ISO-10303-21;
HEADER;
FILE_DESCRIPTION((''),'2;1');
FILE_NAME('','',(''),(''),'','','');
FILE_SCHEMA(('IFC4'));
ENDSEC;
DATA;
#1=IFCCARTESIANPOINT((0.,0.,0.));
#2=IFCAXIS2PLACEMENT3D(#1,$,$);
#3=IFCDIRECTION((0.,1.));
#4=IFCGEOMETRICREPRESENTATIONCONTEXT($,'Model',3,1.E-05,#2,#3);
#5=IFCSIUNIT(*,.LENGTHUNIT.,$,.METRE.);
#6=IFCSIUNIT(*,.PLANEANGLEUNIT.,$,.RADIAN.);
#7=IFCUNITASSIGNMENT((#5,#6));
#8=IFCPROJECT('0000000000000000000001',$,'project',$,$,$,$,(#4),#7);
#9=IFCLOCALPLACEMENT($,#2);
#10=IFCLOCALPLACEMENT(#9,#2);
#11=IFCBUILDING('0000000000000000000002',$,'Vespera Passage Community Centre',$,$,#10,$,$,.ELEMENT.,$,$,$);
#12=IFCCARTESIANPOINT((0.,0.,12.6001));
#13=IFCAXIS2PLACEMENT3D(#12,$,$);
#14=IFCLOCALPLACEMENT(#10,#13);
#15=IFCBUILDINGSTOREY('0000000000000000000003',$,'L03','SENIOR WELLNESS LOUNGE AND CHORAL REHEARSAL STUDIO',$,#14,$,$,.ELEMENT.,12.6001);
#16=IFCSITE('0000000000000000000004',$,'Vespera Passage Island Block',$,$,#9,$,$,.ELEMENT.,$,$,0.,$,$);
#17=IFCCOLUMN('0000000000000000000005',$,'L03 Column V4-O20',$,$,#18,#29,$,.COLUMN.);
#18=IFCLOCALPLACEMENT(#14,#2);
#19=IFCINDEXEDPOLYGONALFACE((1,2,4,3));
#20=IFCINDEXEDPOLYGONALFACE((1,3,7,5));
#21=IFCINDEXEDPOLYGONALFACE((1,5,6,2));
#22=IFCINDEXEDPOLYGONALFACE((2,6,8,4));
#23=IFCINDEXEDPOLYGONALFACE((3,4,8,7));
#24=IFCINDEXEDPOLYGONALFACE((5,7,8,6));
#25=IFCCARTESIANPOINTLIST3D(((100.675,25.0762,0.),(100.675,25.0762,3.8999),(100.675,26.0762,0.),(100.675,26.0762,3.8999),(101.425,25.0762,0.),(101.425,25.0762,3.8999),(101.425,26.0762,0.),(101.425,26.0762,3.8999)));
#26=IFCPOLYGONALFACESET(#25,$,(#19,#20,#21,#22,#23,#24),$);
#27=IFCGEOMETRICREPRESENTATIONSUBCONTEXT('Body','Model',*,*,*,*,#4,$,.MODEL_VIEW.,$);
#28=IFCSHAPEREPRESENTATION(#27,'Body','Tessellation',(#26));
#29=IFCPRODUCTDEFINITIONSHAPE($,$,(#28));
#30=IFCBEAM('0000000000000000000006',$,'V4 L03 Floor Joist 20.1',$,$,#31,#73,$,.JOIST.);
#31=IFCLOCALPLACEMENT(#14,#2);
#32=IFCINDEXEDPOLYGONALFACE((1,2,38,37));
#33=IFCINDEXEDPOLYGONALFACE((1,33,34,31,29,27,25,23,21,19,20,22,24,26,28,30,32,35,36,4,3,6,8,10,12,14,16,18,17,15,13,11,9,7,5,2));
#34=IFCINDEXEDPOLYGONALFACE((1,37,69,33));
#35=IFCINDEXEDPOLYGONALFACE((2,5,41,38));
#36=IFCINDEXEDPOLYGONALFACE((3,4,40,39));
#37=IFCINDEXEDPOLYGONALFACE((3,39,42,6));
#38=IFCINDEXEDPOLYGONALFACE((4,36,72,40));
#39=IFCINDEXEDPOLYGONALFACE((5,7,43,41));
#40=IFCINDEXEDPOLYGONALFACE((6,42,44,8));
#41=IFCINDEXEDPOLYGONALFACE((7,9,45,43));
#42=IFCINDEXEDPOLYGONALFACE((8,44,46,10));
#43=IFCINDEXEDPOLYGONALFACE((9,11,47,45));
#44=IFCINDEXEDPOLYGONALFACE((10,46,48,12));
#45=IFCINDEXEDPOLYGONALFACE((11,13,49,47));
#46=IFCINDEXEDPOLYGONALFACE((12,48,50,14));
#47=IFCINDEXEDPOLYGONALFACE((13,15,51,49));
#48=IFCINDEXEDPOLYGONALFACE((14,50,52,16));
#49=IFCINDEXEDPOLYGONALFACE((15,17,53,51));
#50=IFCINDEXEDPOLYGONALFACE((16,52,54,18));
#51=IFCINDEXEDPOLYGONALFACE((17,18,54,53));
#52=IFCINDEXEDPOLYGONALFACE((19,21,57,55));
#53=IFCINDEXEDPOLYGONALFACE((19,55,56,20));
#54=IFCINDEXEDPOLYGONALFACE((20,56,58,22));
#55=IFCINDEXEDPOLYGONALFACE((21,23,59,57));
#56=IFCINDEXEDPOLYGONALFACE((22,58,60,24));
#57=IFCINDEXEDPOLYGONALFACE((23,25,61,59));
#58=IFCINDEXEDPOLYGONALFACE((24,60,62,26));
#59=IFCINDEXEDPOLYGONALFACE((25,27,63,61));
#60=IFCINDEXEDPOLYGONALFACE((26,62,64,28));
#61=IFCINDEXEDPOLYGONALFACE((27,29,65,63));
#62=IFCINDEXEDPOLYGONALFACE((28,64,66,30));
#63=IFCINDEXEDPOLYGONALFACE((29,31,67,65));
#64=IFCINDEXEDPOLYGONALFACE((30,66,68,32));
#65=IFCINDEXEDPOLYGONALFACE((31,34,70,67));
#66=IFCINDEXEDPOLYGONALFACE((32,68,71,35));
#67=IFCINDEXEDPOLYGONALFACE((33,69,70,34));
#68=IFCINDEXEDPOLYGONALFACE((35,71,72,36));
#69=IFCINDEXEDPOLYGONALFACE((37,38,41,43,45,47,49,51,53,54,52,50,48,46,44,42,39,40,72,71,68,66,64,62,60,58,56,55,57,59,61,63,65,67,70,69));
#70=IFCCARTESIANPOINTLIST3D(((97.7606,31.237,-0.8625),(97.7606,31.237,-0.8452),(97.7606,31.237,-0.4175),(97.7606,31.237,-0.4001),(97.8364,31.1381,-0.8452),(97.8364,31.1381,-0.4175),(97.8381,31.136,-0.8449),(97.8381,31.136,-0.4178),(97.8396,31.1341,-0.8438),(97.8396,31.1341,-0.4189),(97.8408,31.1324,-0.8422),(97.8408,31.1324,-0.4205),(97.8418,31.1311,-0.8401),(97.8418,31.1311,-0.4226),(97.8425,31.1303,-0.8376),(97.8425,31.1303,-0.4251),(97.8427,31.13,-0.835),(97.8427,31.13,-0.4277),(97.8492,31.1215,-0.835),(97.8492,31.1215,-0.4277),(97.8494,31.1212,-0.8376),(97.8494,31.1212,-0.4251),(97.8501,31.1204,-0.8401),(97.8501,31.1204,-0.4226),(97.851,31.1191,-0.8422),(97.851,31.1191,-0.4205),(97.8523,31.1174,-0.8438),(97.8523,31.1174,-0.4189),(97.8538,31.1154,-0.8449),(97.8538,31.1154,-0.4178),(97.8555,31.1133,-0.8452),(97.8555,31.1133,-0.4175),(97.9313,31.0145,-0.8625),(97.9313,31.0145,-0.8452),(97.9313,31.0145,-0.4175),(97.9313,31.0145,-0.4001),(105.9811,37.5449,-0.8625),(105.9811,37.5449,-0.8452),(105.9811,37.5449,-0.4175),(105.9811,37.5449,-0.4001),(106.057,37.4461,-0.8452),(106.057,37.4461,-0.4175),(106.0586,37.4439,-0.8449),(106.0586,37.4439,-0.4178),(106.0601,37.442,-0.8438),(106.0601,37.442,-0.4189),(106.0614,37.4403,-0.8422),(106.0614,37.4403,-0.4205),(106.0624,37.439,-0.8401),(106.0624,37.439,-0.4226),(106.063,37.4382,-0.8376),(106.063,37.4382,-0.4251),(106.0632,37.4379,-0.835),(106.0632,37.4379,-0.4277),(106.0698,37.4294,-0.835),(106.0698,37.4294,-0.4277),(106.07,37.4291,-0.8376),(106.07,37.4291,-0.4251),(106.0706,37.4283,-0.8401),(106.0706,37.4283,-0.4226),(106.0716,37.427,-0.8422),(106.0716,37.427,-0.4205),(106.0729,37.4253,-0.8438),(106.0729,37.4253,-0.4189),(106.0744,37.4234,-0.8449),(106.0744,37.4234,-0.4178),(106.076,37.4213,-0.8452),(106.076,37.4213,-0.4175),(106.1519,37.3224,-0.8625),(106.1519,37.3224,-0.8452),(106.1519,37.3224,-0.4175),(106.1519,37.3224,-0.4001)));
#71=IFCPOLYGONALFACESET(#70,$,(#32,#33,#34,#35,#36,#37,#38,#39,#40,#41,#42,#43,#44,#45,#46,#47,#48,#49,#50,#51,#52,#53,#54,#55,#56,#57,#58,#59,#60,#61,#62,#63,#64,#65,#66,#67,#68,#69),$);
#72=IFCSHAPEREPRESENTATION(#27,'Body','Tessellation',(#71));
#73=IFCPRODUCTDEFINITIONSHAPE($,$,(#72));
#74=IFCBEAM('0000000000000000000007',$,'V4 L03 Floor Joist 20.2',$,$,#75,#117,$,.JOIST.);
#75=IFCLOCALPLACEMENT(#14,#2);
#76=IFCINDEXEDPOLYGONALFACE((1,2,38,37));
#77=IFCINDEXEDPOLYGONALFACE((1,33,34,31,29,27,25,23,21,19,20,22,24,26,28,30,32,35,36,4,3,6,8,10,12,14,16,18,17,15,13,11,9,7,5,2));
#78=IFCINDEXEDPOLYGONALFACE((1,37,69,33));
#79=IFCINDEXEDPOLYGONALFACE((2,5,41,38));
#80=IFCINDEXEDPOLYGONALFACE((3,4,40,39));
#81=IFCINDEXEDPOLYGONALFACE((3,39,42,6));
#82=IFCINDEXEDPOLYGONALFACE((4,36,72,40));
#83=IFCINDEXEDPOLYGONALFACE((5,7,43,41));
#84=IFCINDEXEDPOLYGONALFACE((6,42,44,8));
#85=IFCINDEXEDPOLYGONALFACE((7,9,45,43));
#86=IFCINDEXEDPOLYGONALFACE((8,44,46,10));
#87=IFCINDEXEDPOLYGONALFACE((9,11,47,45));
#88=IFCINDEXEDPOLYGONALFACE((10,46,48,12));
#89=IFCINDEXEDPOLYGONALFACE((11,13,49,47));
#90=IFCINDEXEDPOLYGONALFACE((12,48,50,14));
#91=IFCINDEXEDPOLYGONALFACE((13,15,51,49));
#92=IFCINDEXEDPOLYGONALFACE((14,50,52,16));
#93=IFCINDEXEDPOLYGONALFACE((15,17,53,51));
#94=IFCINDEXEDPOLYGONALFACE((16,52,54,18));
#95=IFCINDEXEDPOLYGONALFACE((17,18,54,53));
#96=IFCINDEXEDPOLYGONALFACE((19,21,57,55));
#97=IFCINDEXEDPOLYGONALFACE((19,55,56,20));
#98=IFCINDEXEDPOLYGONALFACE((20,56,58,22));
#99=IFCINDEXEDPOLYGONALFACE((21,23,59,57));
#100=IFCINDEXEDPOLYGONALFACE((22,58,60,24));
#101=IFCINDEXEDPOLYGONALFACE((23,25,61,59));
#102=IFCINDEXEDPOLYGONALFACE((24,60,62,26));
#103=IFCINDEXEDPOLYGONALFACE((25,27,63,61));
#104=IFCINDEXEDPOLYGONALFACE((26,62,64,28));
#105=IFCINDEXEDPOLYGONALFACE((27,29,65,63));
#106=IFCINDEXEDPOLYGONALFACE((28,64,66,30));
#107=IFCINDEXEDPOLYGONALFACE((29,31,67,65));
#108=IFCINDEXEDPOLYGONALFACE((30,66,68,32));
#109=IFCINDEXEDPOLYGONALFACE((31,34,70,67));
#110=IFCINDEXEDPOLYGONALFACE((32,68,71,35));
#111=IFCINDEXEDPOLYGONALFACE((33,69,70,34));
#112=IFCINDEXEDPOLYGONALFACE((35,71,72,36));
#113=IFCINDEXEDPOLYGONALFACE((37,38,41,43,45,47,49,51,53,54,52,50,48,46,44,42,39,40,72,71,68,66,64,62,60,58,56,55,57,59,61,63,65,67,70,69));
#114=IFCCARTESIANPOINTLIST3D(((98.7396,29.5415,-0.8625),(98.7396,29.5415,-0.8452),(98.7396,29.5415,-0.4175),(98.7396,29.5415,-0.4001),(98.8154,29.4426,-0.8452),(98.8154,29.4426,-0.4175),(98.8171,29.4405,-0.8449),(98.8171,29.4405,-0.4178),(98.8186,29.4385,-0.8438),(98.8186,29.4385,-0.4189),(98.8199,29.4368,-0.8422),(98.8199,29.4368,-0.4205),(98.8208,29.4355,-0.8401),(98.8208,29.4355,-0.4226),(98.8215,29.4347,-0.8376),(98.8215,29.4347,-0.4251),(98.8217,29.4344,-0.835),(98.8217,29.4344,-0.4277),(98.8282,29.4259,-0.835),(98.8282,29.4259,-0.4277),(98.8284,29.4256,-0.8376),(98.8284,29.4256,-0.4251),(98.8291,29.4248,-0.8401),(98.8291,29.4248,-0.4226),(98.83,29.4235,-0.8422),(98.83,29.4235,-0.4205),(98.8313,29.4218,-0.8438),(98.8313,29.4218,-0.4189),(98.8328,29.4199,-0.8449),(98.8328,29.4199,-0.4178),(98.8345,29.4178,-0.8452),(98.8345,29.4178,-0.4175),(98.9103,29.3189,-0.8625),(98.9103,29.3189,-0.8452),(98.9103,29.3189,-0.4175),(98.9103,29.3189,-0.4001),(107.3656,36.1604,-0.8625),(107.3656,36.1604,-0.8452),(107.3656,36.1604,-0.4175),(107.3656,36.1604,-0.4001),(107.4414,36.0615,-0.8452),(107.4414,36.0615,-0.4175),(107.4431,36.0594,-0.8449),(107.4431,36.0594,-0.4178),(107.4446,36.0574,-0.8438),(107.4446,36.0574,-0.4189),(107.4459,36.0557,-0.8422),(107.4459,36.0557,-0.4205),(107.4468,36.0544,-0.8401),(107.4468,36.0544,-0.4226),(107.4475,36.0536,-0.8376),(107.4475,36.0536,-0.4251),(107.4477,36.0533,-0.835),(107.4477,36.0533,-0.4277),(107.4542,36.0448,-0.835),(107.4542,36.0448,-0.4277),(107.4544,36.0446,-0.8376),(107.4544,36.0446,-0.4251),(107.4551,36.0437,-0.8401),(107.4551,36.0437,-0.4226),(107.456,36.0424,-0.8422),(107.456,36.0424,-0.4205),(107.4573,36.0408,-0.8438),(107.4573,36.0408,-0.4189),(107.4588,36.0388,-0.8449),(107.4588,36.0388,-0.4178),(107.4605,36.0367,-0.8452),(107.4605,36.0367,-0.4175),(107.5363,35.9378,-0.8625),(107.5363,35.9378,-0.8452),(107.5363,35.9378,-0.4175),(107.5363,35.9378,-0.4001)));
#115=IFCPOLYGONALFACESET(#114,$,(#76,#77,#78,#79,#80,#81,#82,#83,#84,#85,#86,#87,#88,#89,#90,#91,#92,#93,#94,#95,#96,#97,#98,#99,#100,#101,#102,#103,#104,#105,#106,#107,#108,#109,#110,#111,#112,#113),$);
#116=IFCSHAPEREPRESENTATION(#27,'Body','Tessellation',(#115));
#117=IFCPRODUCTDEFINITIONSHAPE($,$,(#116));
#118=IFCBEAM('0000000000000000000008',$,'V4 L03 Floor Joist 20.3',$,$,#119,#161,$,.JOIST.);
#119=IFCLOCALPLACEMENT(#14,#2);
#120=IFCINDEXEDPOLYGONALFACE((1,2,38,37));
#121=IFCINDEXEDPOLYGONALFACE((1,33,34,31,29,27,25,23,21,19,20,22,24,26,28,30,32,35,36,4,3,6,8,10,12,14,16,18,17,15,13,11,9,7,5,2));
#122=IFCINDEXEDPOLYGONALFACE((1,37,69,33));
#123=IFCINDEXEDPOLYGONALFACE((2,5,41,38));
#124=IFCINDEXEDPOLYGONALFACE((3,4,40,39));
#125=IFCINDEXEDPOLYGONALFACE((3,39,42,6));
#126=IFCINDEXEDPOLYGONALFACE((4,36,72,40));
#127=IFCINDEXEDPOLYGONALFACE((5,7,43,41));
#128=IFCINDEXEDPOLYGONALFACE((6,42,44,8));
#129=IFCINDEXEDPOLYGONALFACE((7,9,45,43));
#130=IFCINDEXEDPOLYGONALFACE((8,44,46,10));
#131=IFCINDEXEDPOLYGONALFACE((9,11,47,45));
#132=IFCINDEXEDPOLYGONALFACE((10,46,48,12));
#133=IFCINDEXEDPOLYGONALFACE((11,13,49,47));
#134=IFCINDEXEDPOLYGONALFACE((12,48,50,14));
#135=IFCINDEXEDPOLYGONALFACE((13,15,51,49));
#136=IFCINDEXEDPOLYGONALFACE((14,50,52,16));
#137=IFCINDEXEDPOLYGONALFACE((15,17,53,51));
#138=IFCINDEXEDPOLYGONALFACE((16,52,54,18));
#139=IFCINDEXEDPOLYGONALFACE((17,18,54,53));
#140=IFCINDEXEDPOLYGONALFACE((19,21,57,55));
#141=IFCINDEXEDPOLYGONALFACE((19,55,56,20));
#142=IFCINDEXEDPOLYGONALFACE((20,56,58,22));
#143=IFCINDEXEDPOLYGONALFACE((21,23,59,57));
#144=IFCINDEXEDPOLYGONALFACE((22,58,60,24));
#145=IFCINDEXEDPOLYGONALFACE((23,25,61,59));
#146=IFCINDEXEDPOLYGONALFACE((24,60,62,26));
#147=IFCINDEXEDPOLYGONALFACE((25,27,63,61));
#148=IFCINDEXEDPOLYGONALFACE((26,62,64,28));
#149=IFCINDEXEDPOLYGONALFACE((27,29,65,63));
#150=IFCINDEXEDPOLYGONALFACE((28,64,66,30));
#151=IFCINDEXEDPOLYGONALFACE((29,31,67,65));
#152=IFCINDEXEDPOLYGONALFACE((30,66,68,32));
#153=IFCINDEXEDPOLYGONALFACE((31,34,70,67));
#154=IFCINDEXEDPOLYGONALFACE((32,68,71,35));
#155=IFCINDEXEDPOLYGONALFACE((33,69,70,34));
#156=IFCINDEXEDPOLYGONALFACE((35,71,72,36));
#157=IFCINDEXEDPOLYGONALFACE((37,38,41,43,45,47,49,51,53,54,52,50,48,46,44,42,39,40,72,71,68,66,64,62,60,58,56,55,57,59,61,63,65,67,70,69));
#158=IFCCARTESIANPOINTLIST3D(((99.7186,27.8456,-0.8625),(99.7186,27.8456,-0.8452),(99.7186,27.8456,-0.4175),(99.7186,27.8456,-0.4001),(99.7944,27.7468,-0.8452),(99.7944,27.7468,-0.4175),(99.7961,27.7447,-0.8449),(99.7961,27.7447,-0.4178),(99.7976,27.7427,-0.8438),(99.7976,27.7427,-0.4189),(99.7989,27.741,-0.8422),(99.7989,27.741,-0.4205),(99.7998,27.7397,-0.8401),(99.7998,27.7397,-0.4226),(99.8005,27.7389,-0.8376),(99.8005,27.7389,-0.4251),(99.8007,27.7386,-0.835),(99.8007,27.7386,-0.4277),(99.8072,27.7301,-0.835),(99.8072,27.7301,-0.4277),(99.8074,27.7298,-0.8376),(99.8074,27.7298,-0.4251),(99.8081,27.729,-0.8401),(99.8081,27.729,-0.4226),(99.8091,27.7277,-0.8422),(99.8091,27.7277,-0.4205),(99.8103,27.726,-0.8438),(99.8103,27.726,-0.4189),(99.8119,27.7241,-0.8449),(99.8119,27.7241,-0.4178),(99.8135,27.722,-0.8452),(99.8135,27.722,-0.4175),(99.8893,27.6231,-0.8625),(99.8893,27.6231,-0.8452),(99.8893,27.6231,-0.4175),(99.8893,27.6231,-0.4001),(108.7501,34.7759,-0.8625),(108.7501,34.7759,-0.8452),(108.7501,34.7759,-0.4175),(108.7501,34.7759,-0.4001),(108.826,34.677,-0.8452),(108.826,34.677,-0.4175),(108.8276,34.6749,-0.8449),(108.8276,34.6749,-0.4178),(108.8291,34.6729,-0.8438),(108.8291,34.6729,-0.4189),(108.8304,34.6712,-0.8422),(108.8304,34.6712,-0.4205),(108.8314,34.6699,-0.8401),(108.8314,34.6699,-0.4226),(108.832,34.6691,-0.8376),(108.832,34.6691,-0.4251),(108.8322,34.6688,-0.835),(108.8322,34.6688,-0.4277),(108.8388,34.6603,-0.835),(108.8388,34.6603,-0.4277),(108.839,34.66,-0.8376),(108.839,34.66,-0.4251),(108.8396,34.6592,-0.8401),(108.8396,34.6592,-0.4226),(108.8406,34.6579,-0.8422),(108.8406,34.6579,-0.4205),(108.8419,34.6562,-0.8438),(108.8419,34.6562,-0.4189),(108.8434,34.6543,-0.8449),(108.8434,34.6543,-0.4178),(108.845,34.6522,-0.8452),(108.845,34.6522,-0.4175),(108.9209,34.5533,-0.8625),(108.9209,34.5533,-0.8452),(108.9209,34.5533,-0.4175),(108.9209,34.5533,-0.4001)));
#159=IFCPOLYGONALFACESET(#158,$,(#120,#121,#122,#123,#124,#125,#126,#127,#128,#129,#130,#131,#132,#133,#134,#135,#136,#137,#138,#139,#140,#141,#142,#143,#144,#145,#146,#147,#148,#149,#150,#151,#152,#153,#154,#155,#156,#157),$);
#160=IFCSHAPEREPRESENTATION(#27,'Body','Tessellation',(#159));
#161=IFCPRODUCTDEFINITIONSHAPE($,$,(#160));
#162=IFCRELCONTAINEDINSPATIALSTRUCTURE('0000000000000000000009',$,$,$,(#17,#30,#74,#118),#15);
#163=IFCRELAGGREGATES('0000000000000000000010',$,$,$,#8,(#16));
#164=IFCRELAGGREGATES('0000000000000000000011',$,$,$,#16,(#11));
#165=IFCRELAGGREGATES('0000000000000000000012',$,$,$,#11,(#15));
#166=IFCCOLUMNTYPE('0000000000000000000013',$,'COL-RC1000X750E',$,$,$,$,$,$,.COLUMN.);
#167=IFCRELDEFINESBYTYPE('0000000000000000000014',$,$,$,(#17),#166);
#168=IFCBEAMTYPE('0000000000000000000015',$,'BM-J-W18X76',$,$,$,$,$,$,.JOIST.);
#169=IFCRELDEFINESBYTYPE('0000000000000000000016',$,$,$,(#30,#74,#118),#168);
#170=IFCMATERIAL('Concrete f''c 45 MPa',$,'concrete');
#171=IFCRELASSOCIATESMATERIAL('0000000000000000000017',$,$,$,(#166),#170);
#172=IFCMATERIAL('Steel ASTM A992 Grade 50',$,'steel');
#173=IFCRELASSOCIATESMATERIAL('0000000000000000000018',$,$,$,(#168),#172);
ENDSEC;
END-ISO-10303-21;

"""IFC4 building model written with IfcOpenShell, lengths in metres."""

from ifc_helpers import new_model, si_unit, direction, frame, origin, origin_2d, place, context, subcontext, project, spatial, rectangle, i_section, extrude, material, material_profile, profile_set, type_object, element, save


model = new_model("IFC4")

# Units and contexts
model_context = context("Model", 3, precision=1e-05, world=origin(), true_north=direction((0.0, 1.0)))
body_context = subcontext(model_context, "Body", "Model", "MODEL_VIEW")
ifc_project = project(units=[si_unit("LENGTHUNIT", "METRE"), si_unit("PLANEANGLEUNIT", "RADIAN")], contexts=[model_context])

# Site, building, storey
site_placement = place(None, origin())
site = spatial("IfcSite", under=ifc_project, at=site_placement, Name="Vespera Passage Island Block", CompositionType="ELEMENT", RefElevation=0.0)
building_placement = place(site_placement, origin())
building = spatial("IfcBuilding", under=site, at=building_placement, Name="Vespera Passage Community Centre", CompositionType="ELEMENT")
storey_placement = place(building_placement, frame((0.0, 0.0, 12.6001)))
storey = spatial("IfcBuildingStorey", under=building, at=storey_placement, Name="L03", Description="SENIOR WELLNESS LOUNGE AND CHORAL REHEARSAL STUDIO", CompositionType="ELEMENT", Elevation=12.6001)

# Column
ifc_material_1 = material(Name="Concrete f'c 45 MPa", Category="concrete")
ifc_material_profile_1 = material_profile(ifc_material_1, rectangle(XDim=0.75, YDim=1.0, at=origin_2d()), Name="RC1000X750")
ifc_profile_set_1 = profile_set([ifc_material_profile_1], Name="Concrete f'c 45 MPa")
column_type = type_object("IfcColumnType", Name="COL-RC1000X750E", PredefinedType="COLUMN", material=ifc_profile_set_1)
column_placement = place(storey_placement, frame((101.05, 25.5762, 0.0), z_axis=(0.0, 0.0, 1.0), x_axis=(1.0, 0.0, 0.0)))
element("IfcColumn", 1, at=column_placement, inside=storey, type_object=column_type, Name="L03 Column V4-O20", PredefinedType="COLUMN", context=body_context, shape_type="SweptSolid", body=[
    extrude(rectangle(XDim=0.75, YDim=1.0, at=origin_2d()), origin(), (0.0, 0.0, 1.0), 3.8999),
])

# Beams
ifc_material_2 = material(Name="Steel ASTM A992 Grade 50", Category="steel")
ifc_material_profile_2 = material_profile(ifc_material_2, i_section(OverallWidth=0.2805, OverallDepth=0.4624, WebThickness=0.0107, FlangeThickness=0.0173, FilletRadius=0.0103, at=origin_2d()), Name="W18X76")
ifc_profile_set_2 = profile_set([ifc_material_profile_2], Name="Steel ASTM A992 Grade 50")
beam_type_1 = type_object("IfcBeamType", Name="BM-J-W18X76", PredefinedType="JOIST", material=ifc_profile_set_2)
beam_1_placement = place(storey_placement, frame((97.8459, 31.1257, -0.6313), z_axis=(0.79335, 0.608766, 0.0), x_axis=(-0.608766, 0.79335, 0.0)))
element("IfcBeam", 2, at=beam_1_placement, inside=storey, type_object=beam_type_1, Name="V4 L03 Floor Joist 20.1", PredefinedType="JOIST", context=body_context, shape_type="SweptSolid", body=[
    extrude(i_section(OverallWidth=0.2805, OverallDepth=0.4624, WebThickness=0.0107, FlangeThickness=0.0173, FilletRadius=0.0103, at=origin_2d()), origin(), (0.0, 0.0, 1.0), 10.3618),
])
beam_2_placement = place(storey_placement, frame((98.825, 29.4302, -0.6313), z_axis=(0.793355, 0.608759, 0.0), x_axis=(-0.608759, 0.793355, 0.0)))
element("IfcBeam", 3, at=beam_2_placement, inside=storey, type_object=beam_type_1, Name="V4 L03 Floor Joist 20.2", PredefinedType="JOIST", context=body_context, shape_type="SweptSolid", body=[
    extrude(i_section(OverallWidth=0.2805, OverallDepth=0.4624, WebThickness=0.0107, FlangeThickness=0.0173, FilletRadius=0.0103, at=origin_2d()), origin(), (0.0, 0.0, 1.0), 10.8728),
])
beam_3_placement = place(storey_placement, frame((99.804, 27.7344, -0.6313), z_axis=(0.793351, 0.608765, 0.0), x_axis=(-0.608765, 0.793351, 0.0)))
element("IfcBeam", 4, at=beam_3_placement, inside=storey, type_object=beam_type_1, Name="V4 L03 Floor Joist 20.3", PredefinedType="JOIST", context=body_context, shape_type="SweptSolid", body=[
    extrude(i_section(OverallWidth=0.2805, OverallDepth=0.4624, WebThickness=0.0107, FlangeThickness=0.0173, FilletRadius=0.0103, at=origin_2d()), origin(), (0.0, 0.0, 1.0), 11.384),
])

save(model, "model.ifc")
